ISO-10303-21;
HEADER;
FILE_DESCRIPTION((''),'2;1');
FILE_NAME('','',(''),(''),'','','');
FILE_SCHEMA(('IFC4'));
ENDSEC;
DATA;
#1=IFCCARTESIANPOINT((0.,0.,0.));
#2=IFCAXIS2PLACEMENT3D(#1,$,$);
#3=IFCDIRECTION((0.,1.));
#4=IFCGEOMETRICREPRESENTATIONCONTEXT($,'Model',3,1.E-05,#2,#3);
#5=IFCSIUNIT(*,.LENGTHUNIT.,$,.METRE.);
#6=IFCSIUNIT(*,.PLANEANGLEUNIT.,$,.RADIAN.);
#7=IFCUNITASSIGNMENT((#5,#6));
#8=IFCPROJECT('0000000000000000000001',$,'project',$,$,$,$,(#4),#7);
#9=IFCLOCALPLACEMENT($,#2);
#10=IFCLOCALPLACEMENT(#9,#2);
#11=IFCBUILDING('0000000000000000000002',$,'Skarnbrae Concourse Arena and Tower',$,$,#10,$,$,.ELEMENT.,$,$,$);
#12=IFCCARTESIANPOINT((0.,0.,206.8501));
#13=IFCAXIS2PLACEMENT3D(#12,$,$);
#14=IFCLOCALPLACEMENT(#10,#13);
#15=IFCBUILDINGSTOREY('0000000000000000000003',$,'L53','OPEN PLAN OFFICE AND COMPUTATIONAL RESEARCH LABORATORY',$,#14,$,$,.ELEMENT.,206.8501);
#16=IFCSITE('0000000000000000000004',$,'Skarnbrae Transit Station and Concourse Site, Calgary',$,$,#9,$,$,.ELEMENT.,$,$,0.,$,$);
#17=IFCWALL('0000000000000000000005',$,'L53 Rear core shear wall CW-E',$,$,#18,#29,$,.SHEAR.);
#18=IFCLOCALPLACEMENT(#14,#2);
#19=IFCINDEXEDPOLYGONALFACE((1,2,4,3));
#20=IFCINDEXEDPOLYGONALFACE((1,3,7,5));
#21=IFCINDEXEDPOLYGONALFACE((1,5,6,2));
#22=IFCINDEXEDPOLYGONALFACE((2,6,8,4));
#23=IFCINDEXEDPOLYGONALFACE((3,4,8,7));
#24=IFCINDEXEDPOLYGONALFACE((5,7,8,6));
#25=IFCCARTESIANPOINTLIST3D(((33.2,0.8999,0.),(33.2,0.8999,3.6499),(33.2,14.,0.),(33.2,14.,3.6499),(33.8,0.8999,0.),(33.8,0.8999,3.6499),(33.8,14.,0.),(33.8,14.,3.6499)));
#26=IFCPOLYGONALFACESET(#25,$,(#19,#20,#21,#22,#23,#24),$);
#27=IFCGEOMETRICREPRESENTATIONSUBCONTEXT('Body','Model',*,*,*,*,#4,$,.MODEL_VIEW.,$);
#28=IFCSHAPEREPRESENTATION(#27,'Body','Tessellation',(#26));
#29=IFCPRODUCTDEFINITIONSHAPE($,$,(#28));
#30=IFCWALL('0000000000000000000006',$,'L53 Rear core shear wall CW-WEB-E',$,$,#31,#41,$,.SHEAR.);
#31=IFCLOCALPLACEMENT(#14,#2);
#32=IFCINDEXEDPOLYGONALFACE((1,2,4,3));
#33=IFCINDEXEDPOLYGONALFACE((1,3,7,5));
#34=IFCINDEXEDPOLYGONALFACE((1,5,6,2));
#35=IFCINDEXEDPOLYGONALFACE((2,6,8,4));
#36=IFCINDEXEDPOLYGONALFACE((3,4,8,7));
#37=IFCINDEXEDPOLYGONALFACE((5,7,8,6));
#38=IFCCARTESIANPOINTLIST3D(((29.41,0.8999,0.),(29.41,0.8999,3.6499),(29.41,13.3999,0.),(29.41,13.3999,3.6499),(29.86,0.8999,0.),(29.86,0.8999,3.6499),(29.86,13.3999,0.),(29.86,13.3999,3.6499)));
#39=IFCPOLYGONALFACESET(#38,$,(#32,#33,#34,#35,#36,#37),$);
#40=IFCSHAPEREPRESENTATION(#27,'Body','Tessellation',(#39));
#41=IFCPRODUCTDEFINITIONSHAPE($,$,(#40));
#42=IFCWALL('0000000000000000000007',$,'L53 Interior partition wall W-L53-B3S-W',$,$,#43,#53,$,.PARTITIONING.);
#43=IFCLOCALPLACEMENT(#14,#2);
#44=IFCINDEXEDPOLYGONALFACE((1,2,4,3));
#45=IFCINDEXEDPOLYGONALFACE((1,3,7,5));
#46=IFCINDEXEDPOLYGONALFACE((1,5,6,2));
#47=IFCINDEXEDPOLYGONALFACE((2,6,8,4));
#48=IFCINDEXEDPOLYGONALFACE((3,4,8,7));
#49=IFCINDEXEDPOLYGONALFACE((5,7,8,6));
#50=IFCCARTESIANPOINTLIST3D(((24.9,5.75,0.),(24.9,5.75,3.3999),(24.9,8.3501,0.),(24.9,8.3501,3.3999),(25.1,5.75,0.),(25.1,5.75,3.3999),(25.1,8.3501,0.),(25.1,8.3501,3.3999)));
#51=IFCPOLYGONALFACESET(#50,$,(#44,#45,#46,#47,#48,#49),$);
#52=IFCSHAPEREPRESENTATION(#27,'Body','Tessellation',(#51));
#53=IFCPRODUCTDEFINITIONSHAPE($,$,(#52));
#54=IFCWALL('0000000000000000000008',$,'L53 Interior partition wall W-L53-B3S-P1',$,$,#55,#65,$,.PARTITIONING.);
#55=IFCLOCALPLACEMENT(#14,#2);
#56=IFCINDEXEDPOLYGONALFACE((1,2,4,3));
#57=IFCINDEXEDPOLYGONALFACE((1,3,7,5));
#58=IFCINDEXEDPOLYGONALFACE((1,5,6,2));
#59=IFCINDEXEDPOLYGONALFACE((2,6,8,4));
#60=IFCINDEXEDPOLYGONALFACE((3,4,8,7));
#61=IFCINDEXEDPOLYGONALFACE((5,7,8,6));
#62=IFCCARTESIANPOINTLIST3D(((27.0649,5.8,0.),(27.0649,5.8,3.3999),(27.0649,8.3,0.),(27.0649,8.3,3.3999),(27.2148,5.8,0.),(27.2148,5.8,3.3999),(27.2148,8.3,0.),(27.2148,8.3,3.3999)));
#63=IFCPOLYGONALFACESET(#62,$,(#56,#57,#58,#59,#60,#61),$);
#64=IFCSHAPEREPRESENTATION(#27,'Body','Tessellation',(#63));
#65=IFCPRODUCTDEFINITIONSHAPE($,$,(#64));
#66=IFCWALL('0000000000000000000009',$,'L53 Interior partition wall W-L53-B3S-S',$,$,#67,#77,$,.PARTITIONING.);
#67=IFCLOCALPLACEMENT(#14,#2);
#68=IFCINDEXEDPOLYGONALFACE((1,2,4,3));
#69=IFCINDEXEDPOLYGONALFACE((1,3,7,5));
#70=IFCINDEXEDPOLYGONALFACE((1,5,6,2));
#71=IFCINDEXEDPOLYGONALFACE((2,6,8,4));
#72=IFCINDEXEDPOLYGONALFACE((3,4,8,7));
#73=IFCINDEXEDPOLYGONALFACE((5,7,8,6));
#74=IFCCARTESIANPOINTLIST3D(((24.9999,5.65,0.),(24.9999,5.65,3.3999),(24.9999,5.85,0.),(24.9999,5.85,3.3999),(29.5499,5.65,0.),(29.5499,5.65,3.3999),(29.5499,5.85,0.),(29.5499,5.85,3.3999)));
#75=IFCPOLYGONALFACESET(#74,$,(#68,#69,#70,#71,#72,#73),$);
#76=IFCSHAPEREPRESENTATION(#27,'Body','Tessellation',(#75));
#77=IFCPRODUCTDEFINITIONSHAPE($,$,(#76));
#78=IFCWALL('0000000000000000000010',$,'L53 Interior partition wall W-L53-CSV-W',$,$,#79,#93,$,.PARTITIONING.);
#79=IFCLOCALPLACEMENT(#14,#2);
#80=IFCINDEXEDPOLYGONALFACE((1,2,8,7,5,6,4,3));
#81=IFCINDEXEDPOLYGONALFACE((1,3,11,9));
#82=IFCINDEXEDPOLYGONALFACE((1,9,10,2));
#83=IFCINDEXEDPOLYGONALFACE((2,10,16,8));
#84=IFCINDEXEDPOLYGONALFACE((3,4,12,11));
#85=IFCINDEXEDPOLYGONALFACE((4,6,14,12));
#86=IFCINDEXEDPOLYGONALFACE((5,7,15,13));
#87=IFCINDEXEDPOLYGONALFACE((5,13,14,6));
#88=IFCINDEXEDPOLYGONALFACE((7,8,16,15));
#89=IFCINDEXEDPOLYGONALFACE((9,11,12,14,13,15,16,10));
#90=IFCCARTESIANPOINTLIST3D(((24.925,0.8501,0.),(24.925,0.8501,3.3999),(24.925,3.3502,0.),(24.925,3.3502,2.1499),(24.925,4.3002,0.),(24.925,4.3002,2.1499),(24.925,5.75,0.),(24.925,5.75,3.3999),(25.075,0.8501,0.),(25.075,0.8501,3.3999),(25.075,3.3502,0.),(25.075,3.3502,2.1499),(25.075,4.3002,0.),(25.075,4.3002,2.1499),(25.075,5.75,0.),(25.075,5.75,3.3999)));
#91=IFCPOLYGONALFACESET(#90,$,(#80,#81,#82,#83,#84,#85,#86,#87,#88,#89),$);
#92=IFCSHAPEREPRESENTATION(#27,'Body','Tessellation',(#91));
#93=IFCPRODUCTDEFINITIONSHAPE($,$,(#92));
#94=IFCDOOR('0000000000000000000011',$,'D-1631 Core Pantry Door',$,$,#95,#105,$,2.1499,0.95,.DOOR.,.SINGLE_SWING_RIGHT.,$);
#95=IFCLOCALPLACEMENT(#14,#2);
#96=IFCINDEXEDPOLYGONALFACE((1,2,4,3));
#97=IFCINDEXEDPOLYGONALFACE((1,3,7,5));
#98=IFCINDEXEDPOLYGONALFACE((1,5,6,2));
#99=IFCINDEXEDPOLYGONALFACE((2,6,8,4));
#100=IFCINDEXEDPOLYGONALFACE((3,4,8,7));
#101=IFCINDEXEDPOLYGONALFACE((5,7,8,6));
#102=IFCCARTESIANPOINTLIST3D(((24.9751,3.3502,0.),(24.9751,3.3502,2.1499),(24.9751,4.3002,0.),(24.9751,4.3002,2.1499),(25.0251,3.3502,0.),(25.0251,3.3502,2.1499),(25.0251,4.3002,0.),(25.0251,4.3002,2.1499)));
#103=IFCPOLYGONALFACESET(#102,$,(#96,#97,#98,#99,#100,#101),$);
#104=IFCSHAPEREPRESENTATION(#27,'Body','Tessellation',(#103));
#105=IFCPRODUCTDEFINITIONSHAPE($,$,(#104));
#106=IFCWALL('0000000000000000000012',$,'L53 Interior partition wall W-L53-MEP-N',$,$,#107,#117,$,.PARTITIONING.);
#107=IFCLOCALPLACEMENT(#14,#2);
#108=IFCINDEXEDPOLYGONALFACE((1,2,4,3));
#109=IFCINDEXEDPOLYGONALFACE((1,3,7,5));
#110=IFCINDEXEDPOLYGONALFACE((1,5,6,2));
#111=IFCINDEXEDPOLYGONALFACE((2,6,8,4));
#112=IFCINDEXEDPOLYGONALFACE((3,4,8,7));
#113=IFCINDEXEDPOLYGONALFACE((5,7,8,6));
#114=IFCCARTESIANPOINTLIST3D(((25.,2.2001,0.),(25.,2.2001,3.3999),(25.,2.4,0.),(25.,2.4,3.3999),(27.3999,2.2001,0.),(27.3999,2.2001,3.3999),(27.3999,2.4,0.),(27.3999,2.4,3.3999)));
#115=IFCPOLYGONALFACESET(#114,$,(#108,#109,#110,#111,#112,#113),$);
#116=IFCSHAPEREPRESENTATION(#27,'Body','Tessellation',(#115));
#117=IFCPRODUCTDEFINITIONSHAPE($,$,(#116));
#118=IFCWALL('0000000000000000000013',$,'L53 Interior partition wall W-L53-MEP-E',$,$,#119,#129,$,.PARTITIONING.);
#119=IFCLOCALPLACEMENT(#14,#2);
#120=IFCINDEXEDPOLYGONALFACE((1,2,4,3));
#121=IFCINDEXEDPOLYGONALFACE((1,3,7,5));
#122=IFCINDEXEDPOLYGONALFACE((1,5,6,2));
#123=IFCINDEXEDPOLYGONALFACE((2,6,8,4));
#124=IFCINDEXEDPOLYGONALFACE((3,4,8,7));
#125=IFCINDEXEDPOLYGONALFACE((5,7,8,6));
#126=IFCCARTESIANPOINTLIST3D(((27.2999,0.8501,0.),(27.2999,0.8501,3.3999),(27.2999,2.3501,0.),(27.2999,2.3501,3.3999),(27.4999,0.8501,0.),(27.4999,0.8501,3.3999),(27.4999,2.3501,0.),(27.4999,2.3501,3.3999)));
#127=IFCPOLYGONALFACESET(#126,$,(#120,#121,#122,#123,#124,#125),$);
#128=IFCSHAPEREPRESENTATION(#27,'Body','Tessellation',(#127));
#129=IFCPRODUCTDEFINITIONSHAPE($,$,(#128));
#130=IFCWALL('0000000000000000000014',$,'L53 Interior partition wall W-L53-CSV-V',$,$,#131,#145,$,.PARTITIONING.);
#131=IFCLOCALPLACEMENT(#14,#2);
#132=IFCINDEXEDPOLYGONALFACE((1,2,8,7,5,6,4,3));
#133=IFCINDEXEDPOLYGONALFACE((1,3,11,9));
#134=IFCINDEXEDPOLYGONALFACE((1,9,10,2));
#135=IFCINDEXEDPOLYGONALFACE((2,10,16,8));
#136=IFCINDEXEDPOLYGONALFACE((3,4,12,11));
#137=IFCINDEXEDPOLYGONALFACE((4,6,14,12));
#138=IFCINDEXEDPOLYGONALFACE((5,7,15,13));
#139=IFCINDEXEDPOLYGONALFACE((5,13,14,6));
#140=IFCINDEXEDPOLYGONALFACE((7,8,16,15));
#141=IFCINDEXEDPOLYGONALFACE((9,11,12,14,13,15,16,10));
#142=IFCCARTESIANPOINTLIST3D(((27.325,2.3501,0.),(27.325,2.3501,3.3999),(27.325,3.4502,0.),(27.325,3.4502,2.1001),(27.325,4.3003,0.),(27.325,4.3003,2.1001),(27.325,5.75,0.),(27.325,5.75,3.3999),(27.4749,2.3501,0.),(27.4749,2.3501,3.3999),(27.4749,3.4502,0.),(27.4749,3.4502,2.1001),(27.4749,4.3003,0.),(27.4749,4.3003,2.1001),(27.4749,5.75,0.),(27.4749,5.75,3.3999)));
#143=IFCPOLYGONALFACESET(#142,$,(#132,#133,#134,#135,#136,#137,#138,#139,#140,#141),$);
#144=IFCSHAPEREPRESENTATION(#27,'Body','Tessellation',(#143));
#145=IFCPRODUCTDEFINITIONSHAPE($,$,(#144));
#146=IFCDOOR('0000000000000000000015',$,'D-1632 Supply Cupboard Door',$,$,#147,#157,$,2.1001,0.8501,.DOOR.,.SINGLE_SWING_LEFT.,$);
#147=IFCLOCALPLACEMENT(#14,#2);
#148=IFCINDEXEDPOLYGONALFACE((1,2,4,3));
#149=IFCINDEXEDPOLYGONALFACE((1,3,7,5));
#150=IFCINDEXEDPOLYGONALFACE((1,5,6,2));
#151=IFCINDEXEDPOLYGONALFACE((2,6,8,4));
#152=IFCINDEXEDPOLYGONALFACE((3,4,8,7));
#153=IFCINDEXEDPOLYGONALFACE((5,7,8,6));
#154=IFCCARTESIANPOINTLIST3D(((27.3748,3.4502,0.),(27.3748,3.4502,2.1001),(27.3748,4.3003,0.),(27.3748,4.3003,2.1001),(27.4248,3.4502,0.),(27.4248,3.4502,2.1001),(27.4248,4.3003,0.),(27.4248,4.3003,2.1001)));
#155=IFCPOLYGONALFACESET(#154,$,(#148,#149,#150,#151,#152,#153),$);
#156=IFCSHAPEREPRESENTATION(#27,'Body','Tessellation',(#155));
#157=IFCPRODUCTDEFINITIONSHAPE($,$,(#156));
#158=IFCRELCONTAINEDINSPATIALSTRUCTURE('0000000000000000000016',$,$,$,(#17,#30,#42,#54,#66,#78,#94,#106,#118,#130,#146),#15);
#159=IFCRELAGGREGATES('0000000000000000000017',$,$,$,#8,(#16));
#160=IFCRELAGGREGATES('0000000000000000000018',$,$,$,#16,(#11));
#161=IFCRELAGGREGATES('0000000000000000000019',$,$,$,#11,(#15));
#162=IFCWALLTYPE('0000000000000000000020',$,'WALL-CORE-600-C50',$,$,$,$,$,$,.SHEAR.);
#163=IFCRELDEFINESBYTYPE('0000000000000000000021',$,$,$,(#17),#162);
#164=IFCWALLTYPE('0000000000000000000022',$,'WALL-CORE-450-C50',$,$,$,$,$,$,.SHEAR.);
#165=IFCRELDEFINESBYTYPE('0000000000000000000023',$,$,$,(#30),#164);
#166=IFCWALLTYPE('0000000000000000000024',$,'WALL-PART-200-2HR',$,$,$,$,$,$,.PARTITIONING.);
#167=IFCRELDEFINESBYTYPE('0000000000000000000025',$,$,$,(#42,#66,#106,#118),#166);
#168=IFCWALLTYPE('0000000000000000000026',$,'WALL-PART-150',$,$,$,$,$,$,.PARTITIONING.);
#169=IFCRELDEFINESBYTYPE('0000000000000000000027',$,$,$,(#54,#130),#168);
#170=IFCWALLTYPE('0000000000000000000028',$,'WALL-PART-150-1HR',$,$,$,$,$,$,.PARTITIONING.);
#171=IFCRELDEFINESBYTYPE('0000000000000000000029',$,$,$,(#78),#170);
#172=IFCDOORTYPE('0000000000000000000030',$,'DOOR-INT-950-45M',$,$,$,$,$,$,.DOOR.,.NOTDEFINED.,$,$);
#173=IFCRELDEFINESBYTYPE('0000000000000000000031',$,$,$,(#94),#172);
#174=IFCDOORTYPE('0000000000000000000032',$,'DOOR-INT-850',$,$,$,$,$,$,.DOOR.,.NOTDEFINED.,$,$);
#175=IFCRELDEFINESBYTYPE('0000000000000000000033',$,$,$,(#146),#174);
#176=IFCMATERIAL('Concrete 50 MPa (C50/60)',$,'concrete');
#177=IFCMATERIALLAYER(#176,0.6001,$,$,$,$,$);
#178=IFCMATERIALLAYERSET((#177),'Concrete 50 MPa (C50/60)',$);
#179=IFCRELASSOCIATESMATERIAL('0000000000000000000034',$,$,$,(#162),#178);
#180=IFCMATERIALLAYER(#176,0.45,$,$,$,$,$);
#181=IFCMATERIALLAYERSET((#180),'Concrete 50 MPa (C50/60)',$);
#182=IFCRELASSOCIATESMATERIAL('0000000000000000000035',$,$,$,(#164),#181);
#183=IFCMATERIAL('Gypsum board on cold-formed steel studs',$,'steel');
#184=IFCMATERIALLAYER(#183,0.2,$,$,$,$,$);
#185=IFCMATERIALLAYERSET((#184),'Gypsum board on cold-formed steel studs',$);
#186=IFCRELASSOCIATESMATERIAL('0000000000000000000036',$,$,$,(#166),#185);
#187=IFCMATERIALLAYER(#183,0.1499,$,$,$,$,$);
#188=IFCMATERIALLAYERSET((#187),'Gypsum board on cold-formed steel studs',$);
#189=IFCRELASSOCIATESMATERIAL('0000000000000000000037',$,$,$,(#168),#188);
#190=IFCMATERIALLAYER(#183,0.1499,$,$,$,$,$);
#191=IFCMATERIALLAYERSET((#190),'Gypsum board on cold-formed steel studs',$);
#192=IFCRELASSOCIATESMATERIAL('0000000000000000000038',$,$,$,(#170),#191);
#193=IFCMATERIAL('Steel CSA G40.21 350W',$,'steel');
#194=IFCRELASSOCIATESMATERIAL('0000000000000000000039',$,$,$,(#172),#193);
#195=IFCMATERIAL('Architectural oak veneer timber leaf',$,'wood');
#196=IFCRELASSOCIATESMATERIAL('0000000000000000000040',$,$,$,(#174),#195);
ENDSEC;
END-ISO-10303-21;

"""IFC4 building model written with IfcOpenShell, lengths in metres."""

from ifc_helpers import new_model, si_unit, direction, frame, frame_2d, origin, place, context, subcontext, project, spatial, rectangle, extrude, source, transform, mapped, material, layer, layer_set, type_object, element, fill, save


model = new_model("IFC4")

# Units and contexts
model_context = context("Model", 3, precision=1e-05, world=origin(), true_north=direction((0.0, 1.0)))
body_context = subcontext(model_context, "Body", "Model", "MODEL_VIEW")
ifc_project = project(units=[si_unit("LENGTHUNIT", "METRE"), si_unit("PLANEANGLEUNIT", "RADIAN")], contexts=[model_context])

# Site, building, storey
site_placement = place(None, origin())
site = spatial("IfcSite", under=ifc_project, at=site_placement, Name="Skarnbrae Transit Station and Concourse Site, Calgary", CompositionType="ELEMENT", RefElevation=0.0)
building_placement = place(site_placement, origin())
building = spatial("IfcBuilding", under=site, at=building_placement, Name="Skarnbrae Concourse Arena and Tower", CompositionType="ELEMENT")
storey_placement = place(building_placement, frame((0.0, 0.0, 206.8501)))
storey = spatial("IfcBuildingStorey", under=building, at=storey_placement, Name="L53", Description="OPEN PLAN OFFICE AND COMPUTATIONAL RESEARCH LABORATORY", CompositionType="ELEMENT", Elevation=206.8501)

# Walls
ifc_material_1 = material(Name="Concrete 50 MPa (C50/60)", Category="concrete")
ifc_layer_1 = layer(ifc_material_1, 0.6001)
ifc_layer_set_1 = layer_set([ifc_layer_1], Name="Concrete 50 MPa (C50/60)")
wall_type_1 = type_object("IfcWallType", Name="WALL-CORE-600-C50", PredefinedType="SHEAR", material=ifc_layer_set_1)
shared_shape_1 = source(origin(), body_context, "Body", "SweptSolid", [
    extrude(rectangle(XDim=13.1001, YDim=0.6001, at=frame_2d((6.55, 0.0))), origin(), (0.0, 0.0, 1.0), 3.6499),
])
wall_1_placement = place(storey_placement, frame((33.5, 0.8999, 0.0), z_axis=(0.0, 0.0, 1.0), x_axis=(0.0, 1.0, 0.0)))
element("IfcWall", 1, at=wall_1_placement, inside=storey, type_object=wall_type_1, Name="L53 Rear core shear wall CW-E", PredefinedType="SHEAR", context=body_context, shape_type="MappedRepresentation", body=[
    mapped(shared_shape_1, transform((0.0, 0.0, 0.0))),
])
ifc_layer_2 = layer(ifc_material_1, 0.45)
ifc_layer_set_2 = layer_set([ifc_layer_2], Name="Concrete 50 MPa (C50/60)")
wall_type_2 = type_object("IfcWallType", Name="WALL-CORE-450-C50", PredefinedType="SHEAR", material=ifc_layer_set_2)
shared_shape_2 = source(origin(), body_context, "Body", "SweptSolid", [
    extrude(rectangle(XDim=12.5, YDim=0.45, at=frame_2d((6.25, 0.0))), origin(), (0.0, 0.0, 1.0), 3.6499),
])
wall_2_placement = place(storey_placement, frame((29.635, 0.8999, 0.0), z_axis=(0.0, 0.0, 1.0), x_axis=(0.0, 1.0, 0.0)))
element("IfcWall", 2, at=wall_2_placement, inside=storey, type_object=wall_type_2, Name="L53 Rear core shear wall CW-WEB-E", PredefinedType="SHEAR", context=body_context, shape_type="MappedRepresentation", body=[
    mapped(shared_shape_2, transform((0.0, 0.0, 0.0))),
])
ifc_material_2 = material(Name="Gypsum board on cold-formed steel studs", Category="steel")
ifc_layer_3 = layer(ifc_material_2, 0.2)
ifc_layer_set_3 = layer_set([ifc_layer_3], Name="Gypsum board on cold-formed steel studs")
wall_type_3 = type_object("IfcWallType", Name="WALL-PART-200-2HR", PredefinedType="PARTITIONING", material=ifc_layer_set_3)
shared_shape_3 = source(origin(), body_context, "Body", "SweptSolid", [
    extrude(rectangle(XDim=2.6001, YDim=0.2, at=frame_2d((1.3, 0.0))), origin(), (0.0, 0.0, 1.0), 3.3999),
])
wall_3_placement = place(storey_placement, frame((25.0, 5.75, 0.0), z_axis=(0.0, 0.0, 1.0), x_axis=(0.0, 1.0, 0.0)))
element("IfcWall", 3, at=wall_3_placement, inside=storey, type_object=wall_type_3, Name="L53 Interior partition wall W-L53-B3S-W", PredefinedType="PARTITIONING", context=body_context, shape_type="MappedRepresentation", body=[
    mapped(shared_shape_3, transform((0.0, 0.0, 0.0))),
])
ifc_layer_4 = layer(ifc_material_2, 0.1499)
ifc_layer_set_4 = layer_set([ifc_layer_4], Name="Gypsum board on cold-formed steel studs")
wall_type_4 = type_object("IfcWallType", Name="WALL-PART-150", PredefinedType="PARTITIONING", material=ifc_layer_set_4)
shared_shape_4 = source(origin(), body_context, "Body", "SweptSolid", [
    extrude(rectangle(XDim=2.5, YDim=0.1499, at=frame_2d((1.25, 0.0))), origin(), (0.0, 0.0, 1.0), 3.3999),
])
wall_4_placement = place(storey_placement, frame((27.1399, 5.8, 0.0), z_axis=(0.0, 0.0, 1.0), x_axis=(0.0, 1.0, 0.0)))
element("IfcWall", 4, at=wall_4_placement, inside=storey, type_object=wall_type_4, Name="L53 Interior partition wall W-L53-B3S-P1", PredefinedType="PARTITIONING", context=body_context, shape_type="MappedRepresentation", body=[
    mapped(shared_shape_4, transform((0.0, 0.0, 0.0))),
])

# Shared definitions
shared_shape_5 = source(origin(), body_context, "Body", "SweptSolid", [
    extrude(rectangle(XDim=4.55, YDim=0.2, at=frame_2d((2.2749, 0.0))), origin(), (0.0, 0.0, 1.0), 3.3999),
])

# Wall
wall_5_placement = place(storey_placement, frame((25.0, 5.75, 0.0), z_axis=(0.0, 0.0, 1.0), x_axis=(1.0, 0.0, 0.0)))
element("IfcWall", 5, at=wall_5_placement, inside=storey, type_object=wall_type_3, Name="L53 Interior partition wall W-L53-B3S-S", PredefinedType="PARTITIONING", context=body_context, shape_type="MappedRepresentation", body=[
    mapped(shared_shape_5, transform((0.0, 0.0, 0.0))),
])

# Wall, opening, door
ifc_layer_5 = layer(ifc_material_2, 0.1499)
ifc_layer_set_5 = layer_set([ifc_layer_5], Name="Gypsum board on cold-formed steel studs")
wall_type_5 = type_object("IfcWallType", Name="WALL-PART-150-1HR", PredefinedType="PARTITIONING", material=ifc_layer_set_5)
shared_shape_6 = source(origin(), body_context, "Body", "SweptSolid", [
    extrude(rectangle(XDim=4.8999, YDim=0.1499, at=frame_2d((2.45, 0.0))), origin(), (0.0, 0.0, 1.0), 3.3999),
])
wall_6_placement = place(storey_placement, frame((25.0, 0.8501, 0.0), z_axis=(0.0, 0.0, 1.0), x_axis=(0.0, 1.0, 0.0)))
wall_6 = element("IfcWall", 6, at=wall_6_placement, inside=storey, type_object=wall_type_5, Name="L53 Interior partition wall W-L53-CSV-W", PredefinedType="PARTITIONING", context=body_context, shape_type="MappedRepresentation", body=[
    mapped(shared_shape_6, transform((0.0, 0.0, 0.0))),
])
opening_1_placement = place(wall_6_placement, frame((2.5, 0.0, 0.0)))
opening_1 = element("IfcOpeningElement", 7, at=opening_1_placement, cuts=wall_6, PredefinedType="OPENING", context=body_context, shape_type="SweptSolid", body=[
    extrude(rectangle(XDim=0.95, YDim=2.1499, at=frame_2d((0.4751, 1.075))), frame((0.0, 0.085, 0.0), z_axis=(0.0, -1.0, 0.0), x_axis=(1.0, 0.0, 0.0)), (0.0, 0.0, 1.0), 0.1699),
])
ifc_material_3 = material(Name="Steel CSA G40.21 350W", Category="steel")
door_type_1 = type_object("IfcDoorType", Name="DOOR-INT-950-45M", OperationType="NOTDEFINED", PredefinedType="DOOR", material=ifc_material_3)
shared_shape_7 = source(origin(), body_context, "Body", "SweptSolid", [
    extrude(rectangle(XDim=0.95, YDim=2.1499, at=frame_2d((0.4751, 1.075))), frame((0.0, 0.0249, 0.0), z_axis=(0.0, -1.0, 0.0), x_axis=(1.0, 0.0, 0.0)), (0.0, 0.0, 1.0), 0.05),
])
door_1_placement = place(opening_1_placement, origin())
door_1 = element("IfcDoor", 8, at=door_1_placement, inside=storey, type_object=door_type_1, Name="D-1631 Core Pantry Door", OperationType="SINGLE_SWING_RIGHT", OverallHeight=2.1499, OverallWidth=0.95, PredefinedType="DOOR", context=body_context, shape_type="MappedRepresentation", body=[
    mapped(shared_shape_7, transform((0.0, 0.0, 0.0))),
])
fill(opening_1, door_1)

# Walls
shared_shape_8 = source(origin(), body_context, "Body", "SweptSolid", [
    extrude(rectangle(XDim=2.3999, YDim=0.2, at=frame_2d((1.2, 0.0))), origin(), (0.0, 0.0, 1.0), 3.3999),
])
wall_7_placement = place(storey_placement, frame((25.0, 2.3, 0.0), z_axis=(0.0, 0.0, 1.0), x_axis=(1.0, 0.0, 0.0)))
element("IfcWall", 9, at=wall_7_placement, inside=storey, type_object=wall_type_3, Name="L53 Interior partition wall W-L53-MEP-N", PredefinedType="PARTITIONING", context=body_context, shape_type="MappedRepresentation", body=[
    mapped(shared_shape_8, transform((0.0, 0.0, 0.0))),
])
shared_shape_9 = source(origin(), body_context, "Body", "SweptSolid", [
    extrude(rectangle(XDim=1.5, YDim=0.2, at=frame_2d((0.75, 0.0))), origin(), (0.0, 0.0, 1.0), 3.3999),
])
wall_8_placement = place(storey_placement, frame((27.3999, 0.8501, 0.0), z_axis=(0.0, 0.0, 1.0), x_axis=(0.0, 1.0, 0.0)))
element("IfcWall", 10, at=wall_8_placement, inside=storey, type_object=wall_type_3, Name="L53 Interior partition wall W-L53-MEP-E", PredefinedType="PARTITIONING", context=body_context, shape_type="MappedRepresentation", body=[
    mapped(shared_shape_9, transform((0.0, 0.0, 0.0))),
])

# Wall, opening, door
shared_shape_10 = source(origin(), body_context, "Body", "SweptSolid", [
    extrude(rectangle(XDim=3.3999, YDim=0.1499, at=frame_2d((1.7, 0.0))), origin(), (0.0, 0.0, 1.0), 3.3999),
])
wall_9_placement = place(storey_placement, frame((27.3999, 2.3501, 0.0), z_axis=(0.0, 0.0, 1.0), x_axis=(0.0, 1.0, 0.0)))
wall_9 = element("IfcWall", 11, at=wall_9_placement, inside=storey, type_object=wall_type_4, Name="L53 Interior partition wall W-L53-CSV-V", PredefinedType="PARTITIONING", context=body_context, shape_type="MappedRepresentation", body=[
    mapped(shared_shape_10, transform((0.0, 0.0, 0.0))),
])
opening_2_placement = place(wall_9_placement, frame((1.1001, 0.0, 0.0)))
opening_2 = element("IfcOpeningElement", 12, at=opening_2_placement, cuts=wall_9, PredefinedType="OPENING", context=body_context, shape_type="SweptSolid", body=[
    extrude(rectangle(XDim=0.8501, YDim=2.1001, at=frame_2d((0.425, 1.05))), frame((0.0, 0.085, 0.0), z_axis=(0.0, -1.0, 0.0), x_axis=(1.0, 0.0, 0.0)), (0.0, 0.0, 1.0), 0.1699),
])
ifc_material_4 = material(Name="Architectural oak veneer timber leaf", Category="wood")
door_type_2 = type_object("IfcDoorType", Name="DOOR-INT-850", OperationType="NOTDEFINED", PredefinedType="DOOR", material=ifc_material_4)
shared_shape_11 = source(origin(), body_context, "Body", "SweptSolid", [
    extrude(rectangle(XDim=0.8501, YDim=2.1001, at=frame_2d((0.425, 1.05))), frame((0.0, 0.0249, 0.0), z_axis=(0.0, -1.0, 0.0), x_axis=(1.0, 0.0, 0.0)), (0.0, 0.0, 1.0), 0.05),
])
door_2_placement = place(opening_2_placement, frame((0.8501, 0.0, 0.0), z_axis=(0.0, 0.0, 1.0), x_axis=(-1.0, 0.0, 0.0)))
door_2 = element("IfcDoor", 13, at=door_2_placement, inside=storey, type_object=door_type_2, Name="D-1632 Supply Cupboard Door", OperationType="SINGLE_SWING_LEFT", OverallHeight=2.1001, OverallWidth=0.8501, PredefinedType="DOOR", context=body_context, shape_type="MappedRepresentation", body=[
    mapped(shared_shape_11, transform((0.0, 0.0, 0.0))),
])
fill(opening_2, door_2)

save(model, "model.ifc")
